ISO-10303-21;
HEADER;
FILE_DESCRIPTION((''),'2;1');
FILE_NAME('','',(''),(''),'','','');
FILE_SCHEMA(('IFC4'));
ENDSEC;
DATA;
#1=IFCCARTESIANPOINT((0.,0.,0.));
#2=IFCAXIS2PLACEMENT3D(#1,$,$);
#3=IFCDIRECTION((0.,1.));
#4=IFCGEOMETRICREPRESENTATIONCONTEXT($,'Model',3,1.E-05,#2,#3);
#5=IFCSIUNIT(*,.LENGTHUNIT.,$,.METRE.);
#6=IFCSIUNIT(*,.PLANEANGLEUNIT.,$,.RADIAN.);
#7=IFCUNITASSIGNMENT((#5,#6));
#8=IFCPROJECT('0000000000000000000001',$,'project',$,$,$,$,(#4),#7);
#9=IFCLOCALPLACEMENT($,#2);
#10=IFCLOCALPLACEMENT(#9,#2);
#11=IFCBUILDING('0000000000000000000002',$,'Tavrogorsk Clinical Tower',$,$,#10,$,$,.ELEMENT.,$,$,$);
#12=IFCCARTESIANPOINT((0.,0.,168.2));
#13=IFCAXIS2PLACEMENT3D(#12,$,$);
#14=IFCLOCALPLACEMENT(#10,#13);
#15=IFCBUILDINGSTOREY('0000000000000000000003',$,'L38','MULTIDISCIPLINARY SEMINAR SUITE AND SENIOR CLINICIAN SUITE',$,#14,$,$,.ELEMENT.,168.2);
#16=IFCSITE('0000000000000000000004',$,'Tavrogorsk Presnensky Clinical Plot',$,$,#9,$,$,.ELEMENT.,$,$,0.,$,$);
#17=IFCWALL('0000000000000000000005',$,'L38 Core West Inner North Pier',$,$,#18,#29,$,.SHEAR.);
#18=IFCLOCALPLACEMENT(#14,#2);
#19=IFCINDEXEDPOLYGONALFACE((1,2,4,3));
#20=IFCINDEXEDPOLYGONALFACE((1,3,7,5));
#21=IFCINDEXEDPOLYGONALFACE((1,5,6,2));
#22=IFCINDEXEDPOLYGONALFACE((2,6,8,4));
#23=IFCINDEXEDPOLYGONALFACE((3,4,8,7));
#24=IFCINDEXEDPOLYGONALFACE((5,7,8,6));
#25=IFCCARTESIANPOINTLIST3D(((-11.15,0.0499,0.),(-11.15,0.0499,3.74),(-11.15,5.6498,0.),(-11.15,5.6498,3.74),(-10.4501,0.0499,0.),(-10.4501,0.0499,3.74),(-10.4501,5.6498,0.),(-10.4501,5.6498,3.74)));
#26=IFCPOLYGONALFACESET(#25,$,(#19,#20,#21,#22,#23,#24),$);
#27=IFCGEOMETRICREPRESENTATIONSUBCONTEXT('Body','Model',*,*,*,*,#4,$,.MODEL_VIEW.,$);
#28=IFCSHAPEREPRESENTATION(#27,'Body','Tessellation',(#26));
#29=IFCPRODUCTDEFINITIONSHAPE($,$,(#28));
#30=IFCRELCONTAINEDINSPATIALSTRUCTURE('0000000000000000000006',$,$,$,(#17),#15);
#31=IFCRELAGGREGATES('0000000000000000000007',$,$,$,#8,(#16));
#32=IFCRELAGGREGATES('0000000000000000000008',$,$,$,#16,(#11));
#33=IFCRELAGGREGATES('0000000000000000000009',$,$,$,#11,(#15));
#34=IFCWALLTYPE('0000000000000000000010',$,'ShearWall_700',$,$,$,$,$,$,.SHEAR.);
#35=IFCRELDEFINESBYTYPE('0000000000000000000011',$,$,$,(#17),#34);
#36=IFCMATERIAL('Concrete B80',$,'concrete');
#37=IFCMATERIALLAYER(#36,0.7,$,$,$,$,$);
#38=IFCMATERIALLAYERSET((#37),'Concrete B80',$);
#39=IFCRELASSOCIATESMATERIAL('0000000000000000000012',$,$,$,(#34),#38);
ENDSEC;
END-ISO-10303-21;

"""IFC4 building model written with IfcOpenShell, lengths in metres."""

from ifc_helpers import new_model, si_unit, direction, frame, frame_2d, origin, place, context, subcontext, project, spatial, rectangle, extrude, material, layer, layer_set, type_object, element, save


model = new_model("IFC4")

# Units and contexts
model_context = context("Model", 3, precision=1e-05, world=origin(), true_north=direction((0.0, 1.0)))
body_context = subcontext(model_context, "Body", "Model", "MODEL_VIEW")
ifc_project = project(units=[si_unit("LENGTHUNIT", "METRE"), si_unit("PLANEANGLEUNIT", "RADIAN")], contexts=[model_context])

# Site, building, storey
site_placement = place(None, origin())
site = spatial("IfcSite", under=ifc_project, at=site_placement, Name="Tavrogorsk Presnensky Clinical Plot", CompositionType="ELEMENT", RefElevation=0.0)
building_placement = place(site_placement, origin())
building = spatial("IfcBuilding", under=site, at=building_placement, Name="Tavrogorsk Clinical Tower", CompositionType="ELEMENT")
storey_placement = place(building_placement, frame((0.0, 0.0, 168.2)))
storey = spatial("IfcBuildingStorey", under=building, at=storey_placement, Name="L38", Description="MULTIDISCIPLINARY SEMINAR SUITE AND SENIOR CLINICIAN SUITE", CompositionType="ELEMENT", Elevation=168.2)

# Wall
ifc_material_1 = material(Name="Concrete B80", Category="concrete")
ifc_layer_1 = layer(ifc_material_1, 0.7)
ifc_layer_set_1 = layer_set([ifc_layer_1], Name="Concrete B80")
wall_type_1 = type_object("IfcWallType", Name="ShearWall_700", PredefinedType="SHEAR", material=ifc_layer_set_1)
wall_1_placement = place(storey_placement, frame((-10.8, 0.05, 0.0), z_axis=(0.0, 0.0, 1.0), x_axis=(0.0, 1.0, 0.0)))
element("IfcWall", 1, at=wall_1_placement, inside=storey, type_object=wall_type_1, Name="L38 Core West Inner North Pier", PredefinedType="SHEAR", context=body_context, shape_type="SweptSolid", body=[
    extrude(rectangle(XDim=5.5999, YDim=0.7, at=frame_2d((2.7998, 0.0))), origin(), (0.0, 0.0, 1.0), 3.74),
])

save(model, "model.ifc")
